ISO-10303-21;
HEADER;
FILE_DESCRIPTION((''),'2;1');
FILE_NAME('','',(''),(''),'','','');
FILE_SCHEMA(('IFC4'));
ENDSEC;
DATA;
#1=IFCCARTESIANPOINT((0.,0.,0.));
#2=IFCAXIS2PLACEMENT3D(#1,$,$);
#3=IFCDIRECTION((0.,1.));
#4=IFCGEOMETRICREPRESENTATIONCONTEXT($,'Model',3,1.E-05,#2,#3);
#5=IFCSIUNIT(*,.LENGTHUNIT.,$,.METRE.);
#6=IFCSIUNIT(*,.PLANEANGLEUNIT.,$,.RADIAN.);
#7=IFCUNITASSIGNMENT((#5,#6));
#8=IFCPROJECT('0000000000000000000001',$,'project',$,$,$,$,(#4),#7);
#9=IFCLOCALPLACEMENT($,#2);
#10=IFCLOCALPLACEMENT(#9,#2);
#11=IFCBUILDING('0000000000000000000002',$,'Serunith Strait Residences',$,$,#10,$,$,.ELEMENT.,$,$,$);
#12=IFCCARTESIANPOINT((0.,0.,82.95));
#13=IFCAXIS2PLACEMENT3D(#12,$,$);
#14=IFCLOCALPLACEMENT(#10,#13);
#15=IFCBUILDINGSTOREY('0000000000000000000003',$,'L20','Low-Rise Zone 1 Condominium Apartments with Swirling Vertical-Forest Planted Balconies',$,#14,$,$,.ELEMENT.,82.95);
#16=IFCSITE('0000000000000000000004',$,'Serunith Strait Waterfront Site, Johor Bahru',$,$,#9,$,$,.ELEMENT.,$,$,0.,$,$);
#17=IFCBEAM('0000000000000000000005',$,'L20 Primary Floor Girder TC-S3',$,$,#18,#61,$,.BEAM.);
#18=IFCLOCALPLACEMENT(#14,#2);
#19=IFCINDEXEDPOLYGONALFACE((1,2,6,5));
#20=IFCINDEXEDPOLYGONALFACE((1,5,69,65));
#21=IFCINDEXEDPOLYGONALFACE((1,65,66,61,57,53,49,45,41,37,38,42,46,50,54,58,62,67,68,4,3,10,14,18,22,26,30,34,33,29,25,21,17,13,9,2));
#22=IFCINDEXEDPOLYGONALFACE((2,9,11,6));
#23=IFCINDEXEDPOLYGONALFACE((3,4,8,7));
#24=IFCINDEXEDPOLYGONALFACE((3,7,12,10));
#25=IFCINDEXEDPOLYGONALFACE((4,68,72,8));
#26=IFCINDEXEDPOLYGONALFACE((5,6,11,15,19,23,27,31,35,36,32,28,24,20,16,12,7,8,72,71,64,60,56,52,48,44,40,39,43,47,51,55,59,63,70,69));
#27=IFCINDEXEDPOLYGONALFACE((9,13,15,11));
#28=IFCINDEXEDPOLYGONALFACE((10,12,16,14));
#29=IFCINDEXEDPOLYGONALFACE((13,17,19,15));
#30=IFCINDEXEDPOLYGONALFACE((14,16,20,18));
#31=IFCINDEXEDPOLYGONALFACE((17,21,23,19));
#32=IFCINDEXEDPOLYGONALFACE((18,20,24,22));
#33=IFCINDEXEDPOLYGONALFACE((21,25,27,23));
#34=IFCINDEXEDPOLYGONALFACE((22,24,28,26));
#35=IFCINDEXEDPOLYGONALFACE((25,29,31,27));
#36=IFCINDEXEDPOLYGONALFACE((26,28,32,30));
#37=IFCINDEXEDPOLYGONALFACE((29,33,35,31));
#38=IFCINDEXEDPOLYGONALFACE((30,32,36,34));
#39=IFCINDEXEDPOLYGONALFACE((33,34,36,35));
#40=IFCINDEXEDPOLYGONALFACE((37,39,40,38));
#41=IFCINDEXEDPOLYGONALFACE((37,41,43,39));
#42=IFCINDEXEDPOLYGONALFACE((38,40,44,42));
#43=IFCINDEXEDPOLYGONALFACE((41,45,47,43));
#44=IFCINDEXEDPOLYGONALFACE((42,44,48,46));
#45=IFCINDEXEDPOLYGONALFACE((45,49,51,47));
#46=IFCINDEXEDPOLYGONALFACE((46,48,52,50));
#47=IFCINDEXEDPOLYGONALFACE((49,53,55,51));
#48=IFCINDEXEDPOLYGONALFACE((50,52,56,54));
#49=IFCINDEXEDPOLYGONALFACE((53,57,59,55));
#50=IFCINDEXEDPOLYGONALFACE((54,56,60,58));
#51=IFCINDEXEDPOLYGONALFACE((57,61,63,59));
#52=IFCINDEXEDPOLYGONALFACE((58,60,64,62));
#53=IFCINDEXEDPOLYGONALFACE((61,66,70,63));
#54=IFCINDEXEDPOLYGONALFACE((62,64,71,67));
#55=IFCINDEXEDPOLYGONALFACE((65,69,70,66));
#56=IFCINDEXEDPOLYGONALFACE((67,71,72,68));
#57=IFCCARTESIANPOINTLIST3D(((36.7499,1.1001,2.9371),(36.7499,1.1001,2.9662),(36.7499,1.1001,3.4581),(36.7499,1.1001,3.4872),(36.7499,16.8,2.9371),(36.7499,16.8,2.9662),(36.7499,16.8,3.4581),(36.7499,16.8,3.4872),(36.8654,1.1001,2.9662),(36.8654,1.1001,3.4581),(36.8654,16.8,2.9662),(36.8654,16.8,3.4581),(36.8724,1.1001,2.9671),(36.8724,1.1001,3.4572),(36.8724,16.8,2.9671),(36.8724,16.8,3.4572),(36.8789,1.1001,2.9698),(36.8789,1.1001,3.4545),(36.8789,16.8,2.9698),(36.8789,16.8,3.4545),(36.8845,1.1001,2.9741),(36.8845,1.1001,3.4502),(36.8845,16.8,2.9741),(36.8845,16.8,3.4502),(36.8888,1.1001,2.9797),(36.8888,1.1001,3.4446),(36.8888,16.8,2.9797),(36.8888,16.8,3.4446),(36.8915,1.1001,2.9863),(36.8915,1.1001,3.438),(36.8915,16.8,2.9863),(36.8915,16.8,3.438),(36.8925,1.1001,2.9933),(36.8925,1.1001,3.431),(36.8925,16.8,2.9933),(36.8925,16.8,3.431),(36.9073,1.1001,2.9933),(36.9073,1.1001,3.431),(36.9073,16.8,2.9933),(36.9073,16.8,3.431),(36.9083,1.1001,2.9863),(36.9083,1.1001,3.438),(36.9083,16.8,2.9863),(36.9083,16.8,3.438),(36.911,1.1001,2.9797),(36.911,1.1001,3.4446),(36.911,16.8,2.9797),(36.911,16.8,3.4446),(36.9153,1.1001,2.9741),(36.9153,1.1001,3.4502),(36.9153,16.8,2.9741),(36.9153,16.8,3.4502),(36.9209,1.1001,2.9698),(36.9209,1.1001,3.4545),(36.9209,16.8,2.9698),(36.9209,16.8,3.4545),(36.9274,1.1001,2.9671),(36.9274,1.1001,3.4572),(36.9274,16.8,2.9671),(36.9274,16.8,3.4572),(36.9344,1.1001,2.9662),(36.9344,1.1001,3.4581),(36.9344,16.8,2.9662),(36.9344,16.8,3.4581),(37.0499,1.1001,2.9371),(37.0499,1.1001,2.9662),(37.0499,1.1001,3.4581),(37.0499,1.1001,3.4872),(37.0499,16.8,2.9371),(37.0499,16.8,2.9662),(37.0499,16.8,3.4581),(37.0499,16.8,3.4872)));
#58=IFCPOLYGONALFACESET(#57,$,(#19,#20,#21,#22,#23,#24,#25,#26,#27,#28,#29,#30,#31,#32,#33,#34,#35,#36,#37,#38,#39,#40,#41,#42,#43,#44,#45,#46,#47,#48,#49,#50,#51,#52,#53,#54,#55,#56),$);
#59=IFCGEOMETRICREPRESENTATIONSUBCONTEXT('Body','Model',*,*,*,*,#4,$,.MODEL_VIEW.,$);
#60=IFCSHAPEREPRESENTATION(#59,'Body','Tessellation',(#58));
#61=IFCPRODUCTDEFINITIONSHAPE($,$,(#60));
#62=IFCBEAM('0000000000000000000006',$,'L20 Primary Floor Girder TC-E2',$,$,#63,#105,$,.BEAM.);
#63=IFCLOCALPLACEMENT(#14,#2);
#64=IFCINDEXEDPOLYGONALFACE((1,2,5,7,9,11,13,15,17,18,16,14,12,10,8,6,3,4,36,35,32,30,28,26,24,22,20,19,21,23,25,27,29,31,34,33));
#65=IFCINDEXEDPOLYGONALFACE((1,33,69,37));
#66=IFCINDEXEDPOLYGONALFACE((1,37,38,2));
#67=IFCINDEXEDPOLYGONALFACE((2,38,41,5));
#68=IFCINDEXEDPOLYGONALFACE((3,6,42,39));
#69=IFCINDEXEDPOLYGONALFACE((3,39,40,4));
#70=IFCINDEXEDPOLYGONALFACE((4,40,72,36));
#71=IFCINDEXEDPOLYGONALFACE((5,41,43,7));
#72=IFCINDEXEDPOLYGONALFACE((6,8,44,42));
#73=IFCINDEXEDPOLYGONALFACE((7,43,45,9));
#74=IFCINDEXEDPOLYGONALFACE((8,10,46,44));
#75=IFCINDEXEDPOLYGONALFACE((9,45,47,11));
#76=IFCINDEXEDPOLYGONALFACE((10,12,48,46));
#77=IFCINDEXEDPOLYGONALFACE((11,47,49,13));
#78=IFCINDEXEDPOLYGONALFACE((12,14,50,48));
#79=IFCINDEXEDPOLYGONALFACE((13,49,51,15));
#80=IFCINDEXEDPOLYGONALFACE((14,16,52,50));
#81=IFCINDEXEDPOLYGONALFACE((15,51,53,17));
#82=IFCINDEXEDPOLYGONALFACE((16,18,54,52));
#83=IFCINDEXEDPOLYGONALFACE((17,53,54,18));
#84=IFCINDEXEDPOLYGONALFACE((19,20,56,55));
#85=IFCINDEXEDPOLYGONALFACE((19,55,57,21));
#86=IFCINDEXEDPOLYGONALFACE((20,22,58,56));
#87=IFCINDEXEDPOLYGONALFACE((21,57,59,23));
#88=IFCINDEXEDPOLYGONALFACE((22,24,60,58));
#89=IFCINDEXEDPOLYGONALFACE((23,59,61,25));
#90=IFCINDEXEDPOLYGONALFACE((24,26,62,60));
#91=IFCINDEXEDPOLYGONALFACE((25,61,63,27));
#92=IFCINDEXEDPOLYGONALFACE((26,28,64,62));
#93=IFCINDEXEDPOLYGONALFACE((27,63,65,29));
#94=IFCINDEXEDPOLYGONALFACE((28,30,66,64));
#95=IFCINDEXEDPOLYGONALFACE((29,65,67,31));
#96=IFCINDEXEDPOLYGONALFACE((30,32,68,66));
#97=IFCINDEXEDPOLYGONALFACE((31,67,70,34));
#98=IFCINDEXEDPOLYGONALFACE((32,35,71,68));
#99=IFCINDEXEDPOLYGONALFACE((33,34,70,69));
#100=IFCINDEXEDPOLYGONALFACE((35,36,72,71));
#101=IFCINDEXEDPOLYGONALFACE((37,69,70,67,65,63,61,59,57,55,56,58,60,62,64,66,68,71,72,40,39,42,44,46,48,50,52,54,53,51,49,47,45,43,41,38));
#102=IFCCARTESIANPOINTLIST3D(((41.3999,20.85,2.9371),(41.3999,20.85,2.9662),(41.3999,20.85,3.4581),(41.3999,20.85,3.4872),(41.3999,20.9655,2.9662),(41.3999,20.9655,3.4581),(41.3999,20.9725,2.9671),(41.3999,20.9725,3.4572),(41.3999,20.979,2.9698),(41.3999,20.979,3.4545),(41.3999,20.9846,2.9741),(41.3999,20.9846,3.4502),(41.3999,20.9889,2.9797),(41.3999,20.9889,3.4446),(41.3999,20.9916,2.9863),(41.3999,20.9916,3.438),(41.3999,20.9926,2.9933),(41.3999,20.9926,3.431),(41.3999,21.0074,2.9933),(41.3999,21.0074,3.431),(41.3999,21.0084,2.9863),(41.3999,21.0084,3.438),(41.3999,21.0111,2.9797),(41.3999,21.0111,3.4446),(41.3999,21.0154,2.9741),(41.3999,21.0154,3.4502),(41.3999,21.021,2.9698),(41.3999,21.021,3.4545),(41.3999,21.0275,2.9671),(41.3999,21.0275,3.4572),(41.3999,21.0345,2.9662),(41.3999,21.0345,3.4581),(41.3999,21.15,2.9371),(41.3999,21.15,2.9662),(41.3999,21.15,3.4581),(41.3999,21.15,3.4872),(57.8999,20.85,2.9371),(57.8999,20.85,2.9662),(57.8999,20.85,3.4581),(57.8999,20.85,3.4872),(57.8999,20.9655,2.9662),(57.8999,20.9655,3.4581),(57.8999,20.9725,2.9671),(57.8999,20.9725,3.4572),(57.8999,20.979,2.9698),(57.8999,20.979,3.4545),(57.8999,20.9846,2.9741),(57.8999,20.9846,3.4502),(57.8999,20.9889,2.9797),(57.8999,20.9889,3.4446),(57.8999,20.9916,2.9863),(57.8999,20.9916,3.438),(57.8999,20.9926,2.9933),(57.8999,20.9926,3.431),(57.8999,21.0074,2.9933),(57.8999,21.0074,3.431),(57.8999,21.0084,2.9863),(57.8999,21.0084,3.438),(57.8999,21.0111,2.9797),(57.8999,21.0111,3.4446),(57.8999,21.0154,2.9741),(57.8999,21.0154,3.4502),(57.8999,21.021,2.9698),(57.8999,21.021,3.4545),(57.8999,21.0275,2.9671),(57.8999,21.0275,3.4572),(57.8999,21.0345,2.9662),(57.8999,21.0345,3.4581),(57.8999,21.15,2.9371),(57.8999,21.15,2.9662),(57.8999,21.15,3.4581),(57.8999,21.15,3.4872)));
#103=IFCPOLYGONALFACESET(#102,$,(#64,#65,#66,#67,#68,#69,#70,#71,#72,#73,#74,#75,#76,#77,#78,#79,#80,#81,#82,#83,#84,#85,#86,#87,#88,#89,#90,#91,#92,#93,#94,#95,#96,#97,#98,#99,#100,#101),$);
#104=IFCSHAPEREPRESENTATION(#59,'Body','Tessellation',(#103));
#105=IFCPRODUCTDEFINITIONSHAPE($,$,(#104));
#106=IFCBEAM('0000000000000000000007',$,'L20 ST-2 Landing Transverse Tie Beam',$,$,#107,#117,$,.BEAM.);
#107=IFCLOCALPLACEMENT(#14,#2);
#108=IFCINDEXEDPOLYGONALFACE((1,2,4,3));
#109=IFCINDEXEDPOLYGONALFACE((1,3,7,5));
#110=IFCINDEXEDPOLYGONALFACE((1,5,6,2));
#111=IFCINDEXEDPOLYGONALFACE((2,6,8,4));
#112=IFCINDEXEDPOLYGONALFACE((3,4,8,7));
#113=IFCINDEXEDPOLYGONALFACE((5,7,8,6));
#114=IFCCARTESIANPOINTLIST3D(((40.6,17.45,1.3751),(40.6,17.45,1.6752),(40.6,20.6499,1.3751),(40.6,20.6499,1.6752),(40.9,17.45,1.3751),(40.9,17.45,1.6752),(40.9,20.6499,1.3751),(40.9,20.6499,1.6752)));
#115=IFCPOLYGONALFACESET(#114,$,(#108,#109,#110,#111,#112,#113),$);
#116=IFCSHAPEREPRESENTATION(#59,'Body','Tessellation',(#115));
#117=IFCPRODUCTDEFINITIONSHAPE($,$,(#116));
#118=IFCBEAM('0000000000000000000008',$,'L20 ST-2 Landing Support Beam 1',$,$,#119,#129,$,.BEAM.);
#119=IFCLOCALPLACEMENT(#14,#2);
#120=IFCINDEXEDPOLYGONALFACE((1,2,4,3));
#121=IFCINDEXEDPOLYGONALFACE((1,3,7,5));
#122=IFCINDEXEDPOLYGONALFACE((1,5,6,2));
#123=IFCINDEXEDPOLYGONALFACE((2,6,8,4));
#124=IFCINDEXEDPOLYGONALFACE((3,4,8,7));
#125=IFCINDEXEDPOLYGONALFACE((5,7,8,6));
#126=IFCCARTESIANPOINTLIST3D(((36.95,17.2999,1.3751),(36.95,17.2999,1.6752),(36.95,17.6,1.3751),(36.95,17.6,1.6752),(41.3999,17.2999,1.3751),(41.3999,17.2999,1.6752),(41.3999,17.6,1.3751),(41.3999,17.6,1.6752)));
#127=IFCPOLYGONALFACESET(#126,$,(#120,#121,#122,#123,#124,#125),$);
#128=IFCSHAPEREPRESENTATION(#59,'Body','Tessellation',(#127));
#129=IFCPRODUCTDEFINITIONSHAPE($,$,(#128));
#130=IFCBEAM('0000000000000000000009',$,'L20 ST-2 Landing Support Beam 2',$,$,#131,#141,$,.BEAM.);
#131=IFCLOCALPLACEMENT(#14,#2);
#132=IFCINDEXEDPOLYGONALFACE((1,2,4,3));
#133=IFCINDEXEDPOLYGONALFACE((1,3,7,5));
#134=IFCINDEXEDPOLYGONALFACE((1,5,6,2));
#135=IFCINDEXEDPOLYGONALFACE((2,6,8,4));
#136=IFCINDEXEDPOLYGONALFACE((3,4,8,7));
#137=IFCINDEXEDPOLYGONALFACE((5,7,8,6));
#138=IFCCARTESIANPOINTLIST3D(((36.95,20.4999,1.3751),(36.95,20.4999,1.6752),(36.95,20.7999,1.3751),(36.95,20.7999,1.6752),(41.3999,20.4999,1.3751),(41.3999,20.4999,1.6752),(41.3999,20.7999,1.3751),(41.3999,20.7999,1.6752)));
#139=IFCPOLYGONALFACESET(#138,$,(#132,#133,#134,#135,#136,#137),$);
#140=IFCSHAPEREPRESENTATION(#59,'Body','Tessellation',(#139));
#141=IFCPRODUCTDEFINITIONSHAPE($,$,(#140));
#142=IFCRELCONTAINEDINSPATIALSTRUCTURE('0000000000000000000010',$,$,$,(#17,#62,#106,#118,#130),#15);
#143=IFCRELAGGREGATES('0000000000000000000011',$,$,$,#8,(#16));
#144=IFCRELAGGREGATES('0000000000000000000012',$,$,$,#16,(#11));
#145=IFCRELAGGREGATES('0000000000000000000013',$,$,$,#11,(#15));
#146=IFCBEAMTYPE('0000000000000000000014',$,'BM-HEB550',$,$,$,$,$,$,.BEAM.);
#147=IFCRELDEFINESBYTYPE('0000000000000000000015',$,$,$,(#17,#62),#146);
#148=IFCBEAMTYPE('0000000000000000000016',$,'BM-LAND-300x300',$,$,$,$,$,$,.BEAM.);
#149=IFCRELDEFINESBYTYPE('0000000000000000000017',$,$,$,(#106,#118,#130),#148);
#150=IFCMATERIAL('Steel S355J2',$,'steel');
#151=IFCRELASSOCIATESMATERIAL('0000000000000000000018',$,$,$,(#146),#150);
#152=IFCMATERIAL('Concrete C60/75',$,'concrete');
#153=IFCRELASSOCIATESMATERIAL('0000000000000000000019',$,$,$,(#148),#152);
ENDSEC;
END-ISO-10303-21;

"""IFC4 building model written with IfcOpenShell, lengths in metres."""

from ifc_helpers import new_model, si_unit, direction, frame, origin, origin_2d, place, context, subcontext, project, spatial, rectangle, i_section, extrude, source, transform, mapped, material, material_profile, profile_set, type_object, element, save


model = new_model("IFC4")

# Units and contexts
model_context = context("Model", 3, precision=1e-05, world=origin(), true_north=direction((0.0, 1.0)))
body_context = subcontext(model_context, "Body", "Model", "MODEL_VIEW")
ifc_project = project(units=[si_unit("LENGTHUNIT", "METRE"), si_unit("PLANEANGLEUNIT", "RADIAN")], contexts=[model_context])

# Site, building, storey
site_placement = place(None, origin())
site = spatial("IfcSite", under=ifc_project, at=site_placement, Name="Serunith Strait Waterfront Site, Johor Bahru", CompositionType="ELEMENT", RefElevation=0.0)
building_placement = place(site_placement, origin())
building = spatial("IfcBuilding", under=site, at=building_placement, Name="Serunith Strait Residences", CompositionType="ELEMENT")
storey_placement = place(building_placement, frame((0.0, 0.0, 82.95)))
storey = spatial("IfcBuildingStorey", under=building, at=storey_placement, Name="L20", Description="Low-Rise Zone 1 Condominium Apartments with Swirling Vertical-Forest Planted Balconies", CompositionType="ELEMENT", Elevation=82.95)

# Beams
ifc_material_1 = material(Name="Steel S355J2", Category="steel")
ifc_material_profile_1 = material_profile(ifc_material_1, i_section(OverallWidth=0.3, OverallDepth=0.55, WebThickness=0.0149, FlangeThickness=0.0291, FilletRadius=0.0271, at=origin_2d()), Name="HEB 550")
ifc_profile_set_1 = profile_set([ifc_material_profile_1], Name="Steel S355J2")
beam_type_1 = type_object("IfcBeamType", Name="BM-HEB550", PredefinedType="BEAM", material=ifc_profile_set_1)
shared_shape_1 = source(origin(), body_context, "Body", "SweptSolid", [
    extrude(i_section(OverallWidth=0.3, OverallDepth=0.55, WebThickness=0.0149, FlangeThickness=0.0291, FilletRadius=0.0271, at=origin_2d()), origin(), (0.0, 0.0, 1.0), 15.7),
])
beam_1_placement = place(storey_placement, frame((36.8999, 16.8, 3.2122), z_axis=(0.0, -1.0, 0.0), x_axis=(1.0, 0.0, 0.0)))
element("IfcBeam", 1, at=beam_1_placement, inside=storey, type_object=beam_type_1, Name="L20 Primary Floor Girder TC-S3", PredefinedType="BEAM", context=body_context, shape_type="MappedRepresentation", body=[
    mapped(shared_shape_1, transform((0.0, 0.0, 0.0), scale=1.0)),
])
shared_shape_2 = source(origin(), body_context, "Body", "SweptSolid", [
    extrude(i_section(OverallWidth=0.3, OverallDepth=0.55, WebThickness=0.0149, FlangeThickness=0.0291, FilletRadius=0.0271, at=origin_2d()), origin(), (0.0, 0.0, 1.0), 16.5),
])
beam_2_placement = place(storey_placement, frame((41.3999, 21.0, 3.2122), z_axis=(1.0, 0.0, 0.0), x_axis=(0.0, 1.0, 0.0)))
element("IfcBeam", 2, at=beam_2_placement, inside=storey, type_object=beam_type_1, Name="L20 Primary Floor Girder TC-E2", PredefinedType="BEAM", context=body_context, shape_type="MappedRepresentation", body=[
    mapped(shared_shape_2, transform((0.0, 0.0, 0.0), scale=1.0)),
])
ifc_material_2 = material(Name="Concrete C60/75", Category="concrete")
ifc_material_profile_2 = material_profile(ifc_material_2, rectangle(XDim=0.3, YDim=0.3, at=origin_2d()), Name="RC 300x300")
ifc_profile_set_2 = profile_set([ifc_material_profile_2], Name="Concrete C60/75")
beam_type_2 = type_object("IfcBeamType", Name="BM-LAND-300x300", PredefinedType="BEAM", material=ifc_profile_set_2)
shared_shape_3 = source(origin(), body_context, "Body", "SweptSolid", [
    extrude(rectangle(XDim=0.3, YDim=0.3, at=origin_2d()), origin(), (0.0, 0.0, 1.0), 3.2),
])
beam_3_placement = place(storey_placement, frame((40.75, 17.45, 1.5251), z_axis=(0.0, 1.0, 0.0), x_axis=(-1.0, 0.0, 0.0)))
element("IfcBeam", 3, at=beam_3_placement, inside=storey, type_object=beam_type_2, Name="L20 ST-2 Landing Transverse Tie Beam", PredefinedType="BEAM", context=body_context, shape_type="MappedRepresentation", body=[
    mapped(shared_shape_3, transform((0.0, 0.0, 0.0), scale=1.0)),
])
shared_shape_4 = source(origin(), body_context, "Body", "SweptSolid", [
    extrude(rectangle(XDim=0.3, YDim=0.3, at=origin_2d()), origin(), (0.0, 0.0, 1.0), 4.45),
])
for number, where, z_axis, x_axis, name in (
    (4, (36.95, 17.45, 1.5251), (1.0, 0.0, 0.0), (0.0, 1.0, 0.0), "L20 ST-2 Landing Support Beam 1"),
    (5, (36.95, 20.6499, 1.5251), (1.0, 0.0, 0.0), (0.0, 1.0, 0.0), "L20 ST-2 Landing Support Beam 2"),
):
    element("IfcBeam", number, at=place(storey_placement, frame(where, z_axis=z_axis, x_axis=x_axis)), inside=storey, type_object=beam_type_2, Name=name, PredefinedType="BEAM", context=body_context, shape_type="MappedRepresentation", body=[
        mapped(shared_shape_4, transform((0.0, 0.0, 0.0), scale=1.0)),
    ])

save(model, "model.ifc")
